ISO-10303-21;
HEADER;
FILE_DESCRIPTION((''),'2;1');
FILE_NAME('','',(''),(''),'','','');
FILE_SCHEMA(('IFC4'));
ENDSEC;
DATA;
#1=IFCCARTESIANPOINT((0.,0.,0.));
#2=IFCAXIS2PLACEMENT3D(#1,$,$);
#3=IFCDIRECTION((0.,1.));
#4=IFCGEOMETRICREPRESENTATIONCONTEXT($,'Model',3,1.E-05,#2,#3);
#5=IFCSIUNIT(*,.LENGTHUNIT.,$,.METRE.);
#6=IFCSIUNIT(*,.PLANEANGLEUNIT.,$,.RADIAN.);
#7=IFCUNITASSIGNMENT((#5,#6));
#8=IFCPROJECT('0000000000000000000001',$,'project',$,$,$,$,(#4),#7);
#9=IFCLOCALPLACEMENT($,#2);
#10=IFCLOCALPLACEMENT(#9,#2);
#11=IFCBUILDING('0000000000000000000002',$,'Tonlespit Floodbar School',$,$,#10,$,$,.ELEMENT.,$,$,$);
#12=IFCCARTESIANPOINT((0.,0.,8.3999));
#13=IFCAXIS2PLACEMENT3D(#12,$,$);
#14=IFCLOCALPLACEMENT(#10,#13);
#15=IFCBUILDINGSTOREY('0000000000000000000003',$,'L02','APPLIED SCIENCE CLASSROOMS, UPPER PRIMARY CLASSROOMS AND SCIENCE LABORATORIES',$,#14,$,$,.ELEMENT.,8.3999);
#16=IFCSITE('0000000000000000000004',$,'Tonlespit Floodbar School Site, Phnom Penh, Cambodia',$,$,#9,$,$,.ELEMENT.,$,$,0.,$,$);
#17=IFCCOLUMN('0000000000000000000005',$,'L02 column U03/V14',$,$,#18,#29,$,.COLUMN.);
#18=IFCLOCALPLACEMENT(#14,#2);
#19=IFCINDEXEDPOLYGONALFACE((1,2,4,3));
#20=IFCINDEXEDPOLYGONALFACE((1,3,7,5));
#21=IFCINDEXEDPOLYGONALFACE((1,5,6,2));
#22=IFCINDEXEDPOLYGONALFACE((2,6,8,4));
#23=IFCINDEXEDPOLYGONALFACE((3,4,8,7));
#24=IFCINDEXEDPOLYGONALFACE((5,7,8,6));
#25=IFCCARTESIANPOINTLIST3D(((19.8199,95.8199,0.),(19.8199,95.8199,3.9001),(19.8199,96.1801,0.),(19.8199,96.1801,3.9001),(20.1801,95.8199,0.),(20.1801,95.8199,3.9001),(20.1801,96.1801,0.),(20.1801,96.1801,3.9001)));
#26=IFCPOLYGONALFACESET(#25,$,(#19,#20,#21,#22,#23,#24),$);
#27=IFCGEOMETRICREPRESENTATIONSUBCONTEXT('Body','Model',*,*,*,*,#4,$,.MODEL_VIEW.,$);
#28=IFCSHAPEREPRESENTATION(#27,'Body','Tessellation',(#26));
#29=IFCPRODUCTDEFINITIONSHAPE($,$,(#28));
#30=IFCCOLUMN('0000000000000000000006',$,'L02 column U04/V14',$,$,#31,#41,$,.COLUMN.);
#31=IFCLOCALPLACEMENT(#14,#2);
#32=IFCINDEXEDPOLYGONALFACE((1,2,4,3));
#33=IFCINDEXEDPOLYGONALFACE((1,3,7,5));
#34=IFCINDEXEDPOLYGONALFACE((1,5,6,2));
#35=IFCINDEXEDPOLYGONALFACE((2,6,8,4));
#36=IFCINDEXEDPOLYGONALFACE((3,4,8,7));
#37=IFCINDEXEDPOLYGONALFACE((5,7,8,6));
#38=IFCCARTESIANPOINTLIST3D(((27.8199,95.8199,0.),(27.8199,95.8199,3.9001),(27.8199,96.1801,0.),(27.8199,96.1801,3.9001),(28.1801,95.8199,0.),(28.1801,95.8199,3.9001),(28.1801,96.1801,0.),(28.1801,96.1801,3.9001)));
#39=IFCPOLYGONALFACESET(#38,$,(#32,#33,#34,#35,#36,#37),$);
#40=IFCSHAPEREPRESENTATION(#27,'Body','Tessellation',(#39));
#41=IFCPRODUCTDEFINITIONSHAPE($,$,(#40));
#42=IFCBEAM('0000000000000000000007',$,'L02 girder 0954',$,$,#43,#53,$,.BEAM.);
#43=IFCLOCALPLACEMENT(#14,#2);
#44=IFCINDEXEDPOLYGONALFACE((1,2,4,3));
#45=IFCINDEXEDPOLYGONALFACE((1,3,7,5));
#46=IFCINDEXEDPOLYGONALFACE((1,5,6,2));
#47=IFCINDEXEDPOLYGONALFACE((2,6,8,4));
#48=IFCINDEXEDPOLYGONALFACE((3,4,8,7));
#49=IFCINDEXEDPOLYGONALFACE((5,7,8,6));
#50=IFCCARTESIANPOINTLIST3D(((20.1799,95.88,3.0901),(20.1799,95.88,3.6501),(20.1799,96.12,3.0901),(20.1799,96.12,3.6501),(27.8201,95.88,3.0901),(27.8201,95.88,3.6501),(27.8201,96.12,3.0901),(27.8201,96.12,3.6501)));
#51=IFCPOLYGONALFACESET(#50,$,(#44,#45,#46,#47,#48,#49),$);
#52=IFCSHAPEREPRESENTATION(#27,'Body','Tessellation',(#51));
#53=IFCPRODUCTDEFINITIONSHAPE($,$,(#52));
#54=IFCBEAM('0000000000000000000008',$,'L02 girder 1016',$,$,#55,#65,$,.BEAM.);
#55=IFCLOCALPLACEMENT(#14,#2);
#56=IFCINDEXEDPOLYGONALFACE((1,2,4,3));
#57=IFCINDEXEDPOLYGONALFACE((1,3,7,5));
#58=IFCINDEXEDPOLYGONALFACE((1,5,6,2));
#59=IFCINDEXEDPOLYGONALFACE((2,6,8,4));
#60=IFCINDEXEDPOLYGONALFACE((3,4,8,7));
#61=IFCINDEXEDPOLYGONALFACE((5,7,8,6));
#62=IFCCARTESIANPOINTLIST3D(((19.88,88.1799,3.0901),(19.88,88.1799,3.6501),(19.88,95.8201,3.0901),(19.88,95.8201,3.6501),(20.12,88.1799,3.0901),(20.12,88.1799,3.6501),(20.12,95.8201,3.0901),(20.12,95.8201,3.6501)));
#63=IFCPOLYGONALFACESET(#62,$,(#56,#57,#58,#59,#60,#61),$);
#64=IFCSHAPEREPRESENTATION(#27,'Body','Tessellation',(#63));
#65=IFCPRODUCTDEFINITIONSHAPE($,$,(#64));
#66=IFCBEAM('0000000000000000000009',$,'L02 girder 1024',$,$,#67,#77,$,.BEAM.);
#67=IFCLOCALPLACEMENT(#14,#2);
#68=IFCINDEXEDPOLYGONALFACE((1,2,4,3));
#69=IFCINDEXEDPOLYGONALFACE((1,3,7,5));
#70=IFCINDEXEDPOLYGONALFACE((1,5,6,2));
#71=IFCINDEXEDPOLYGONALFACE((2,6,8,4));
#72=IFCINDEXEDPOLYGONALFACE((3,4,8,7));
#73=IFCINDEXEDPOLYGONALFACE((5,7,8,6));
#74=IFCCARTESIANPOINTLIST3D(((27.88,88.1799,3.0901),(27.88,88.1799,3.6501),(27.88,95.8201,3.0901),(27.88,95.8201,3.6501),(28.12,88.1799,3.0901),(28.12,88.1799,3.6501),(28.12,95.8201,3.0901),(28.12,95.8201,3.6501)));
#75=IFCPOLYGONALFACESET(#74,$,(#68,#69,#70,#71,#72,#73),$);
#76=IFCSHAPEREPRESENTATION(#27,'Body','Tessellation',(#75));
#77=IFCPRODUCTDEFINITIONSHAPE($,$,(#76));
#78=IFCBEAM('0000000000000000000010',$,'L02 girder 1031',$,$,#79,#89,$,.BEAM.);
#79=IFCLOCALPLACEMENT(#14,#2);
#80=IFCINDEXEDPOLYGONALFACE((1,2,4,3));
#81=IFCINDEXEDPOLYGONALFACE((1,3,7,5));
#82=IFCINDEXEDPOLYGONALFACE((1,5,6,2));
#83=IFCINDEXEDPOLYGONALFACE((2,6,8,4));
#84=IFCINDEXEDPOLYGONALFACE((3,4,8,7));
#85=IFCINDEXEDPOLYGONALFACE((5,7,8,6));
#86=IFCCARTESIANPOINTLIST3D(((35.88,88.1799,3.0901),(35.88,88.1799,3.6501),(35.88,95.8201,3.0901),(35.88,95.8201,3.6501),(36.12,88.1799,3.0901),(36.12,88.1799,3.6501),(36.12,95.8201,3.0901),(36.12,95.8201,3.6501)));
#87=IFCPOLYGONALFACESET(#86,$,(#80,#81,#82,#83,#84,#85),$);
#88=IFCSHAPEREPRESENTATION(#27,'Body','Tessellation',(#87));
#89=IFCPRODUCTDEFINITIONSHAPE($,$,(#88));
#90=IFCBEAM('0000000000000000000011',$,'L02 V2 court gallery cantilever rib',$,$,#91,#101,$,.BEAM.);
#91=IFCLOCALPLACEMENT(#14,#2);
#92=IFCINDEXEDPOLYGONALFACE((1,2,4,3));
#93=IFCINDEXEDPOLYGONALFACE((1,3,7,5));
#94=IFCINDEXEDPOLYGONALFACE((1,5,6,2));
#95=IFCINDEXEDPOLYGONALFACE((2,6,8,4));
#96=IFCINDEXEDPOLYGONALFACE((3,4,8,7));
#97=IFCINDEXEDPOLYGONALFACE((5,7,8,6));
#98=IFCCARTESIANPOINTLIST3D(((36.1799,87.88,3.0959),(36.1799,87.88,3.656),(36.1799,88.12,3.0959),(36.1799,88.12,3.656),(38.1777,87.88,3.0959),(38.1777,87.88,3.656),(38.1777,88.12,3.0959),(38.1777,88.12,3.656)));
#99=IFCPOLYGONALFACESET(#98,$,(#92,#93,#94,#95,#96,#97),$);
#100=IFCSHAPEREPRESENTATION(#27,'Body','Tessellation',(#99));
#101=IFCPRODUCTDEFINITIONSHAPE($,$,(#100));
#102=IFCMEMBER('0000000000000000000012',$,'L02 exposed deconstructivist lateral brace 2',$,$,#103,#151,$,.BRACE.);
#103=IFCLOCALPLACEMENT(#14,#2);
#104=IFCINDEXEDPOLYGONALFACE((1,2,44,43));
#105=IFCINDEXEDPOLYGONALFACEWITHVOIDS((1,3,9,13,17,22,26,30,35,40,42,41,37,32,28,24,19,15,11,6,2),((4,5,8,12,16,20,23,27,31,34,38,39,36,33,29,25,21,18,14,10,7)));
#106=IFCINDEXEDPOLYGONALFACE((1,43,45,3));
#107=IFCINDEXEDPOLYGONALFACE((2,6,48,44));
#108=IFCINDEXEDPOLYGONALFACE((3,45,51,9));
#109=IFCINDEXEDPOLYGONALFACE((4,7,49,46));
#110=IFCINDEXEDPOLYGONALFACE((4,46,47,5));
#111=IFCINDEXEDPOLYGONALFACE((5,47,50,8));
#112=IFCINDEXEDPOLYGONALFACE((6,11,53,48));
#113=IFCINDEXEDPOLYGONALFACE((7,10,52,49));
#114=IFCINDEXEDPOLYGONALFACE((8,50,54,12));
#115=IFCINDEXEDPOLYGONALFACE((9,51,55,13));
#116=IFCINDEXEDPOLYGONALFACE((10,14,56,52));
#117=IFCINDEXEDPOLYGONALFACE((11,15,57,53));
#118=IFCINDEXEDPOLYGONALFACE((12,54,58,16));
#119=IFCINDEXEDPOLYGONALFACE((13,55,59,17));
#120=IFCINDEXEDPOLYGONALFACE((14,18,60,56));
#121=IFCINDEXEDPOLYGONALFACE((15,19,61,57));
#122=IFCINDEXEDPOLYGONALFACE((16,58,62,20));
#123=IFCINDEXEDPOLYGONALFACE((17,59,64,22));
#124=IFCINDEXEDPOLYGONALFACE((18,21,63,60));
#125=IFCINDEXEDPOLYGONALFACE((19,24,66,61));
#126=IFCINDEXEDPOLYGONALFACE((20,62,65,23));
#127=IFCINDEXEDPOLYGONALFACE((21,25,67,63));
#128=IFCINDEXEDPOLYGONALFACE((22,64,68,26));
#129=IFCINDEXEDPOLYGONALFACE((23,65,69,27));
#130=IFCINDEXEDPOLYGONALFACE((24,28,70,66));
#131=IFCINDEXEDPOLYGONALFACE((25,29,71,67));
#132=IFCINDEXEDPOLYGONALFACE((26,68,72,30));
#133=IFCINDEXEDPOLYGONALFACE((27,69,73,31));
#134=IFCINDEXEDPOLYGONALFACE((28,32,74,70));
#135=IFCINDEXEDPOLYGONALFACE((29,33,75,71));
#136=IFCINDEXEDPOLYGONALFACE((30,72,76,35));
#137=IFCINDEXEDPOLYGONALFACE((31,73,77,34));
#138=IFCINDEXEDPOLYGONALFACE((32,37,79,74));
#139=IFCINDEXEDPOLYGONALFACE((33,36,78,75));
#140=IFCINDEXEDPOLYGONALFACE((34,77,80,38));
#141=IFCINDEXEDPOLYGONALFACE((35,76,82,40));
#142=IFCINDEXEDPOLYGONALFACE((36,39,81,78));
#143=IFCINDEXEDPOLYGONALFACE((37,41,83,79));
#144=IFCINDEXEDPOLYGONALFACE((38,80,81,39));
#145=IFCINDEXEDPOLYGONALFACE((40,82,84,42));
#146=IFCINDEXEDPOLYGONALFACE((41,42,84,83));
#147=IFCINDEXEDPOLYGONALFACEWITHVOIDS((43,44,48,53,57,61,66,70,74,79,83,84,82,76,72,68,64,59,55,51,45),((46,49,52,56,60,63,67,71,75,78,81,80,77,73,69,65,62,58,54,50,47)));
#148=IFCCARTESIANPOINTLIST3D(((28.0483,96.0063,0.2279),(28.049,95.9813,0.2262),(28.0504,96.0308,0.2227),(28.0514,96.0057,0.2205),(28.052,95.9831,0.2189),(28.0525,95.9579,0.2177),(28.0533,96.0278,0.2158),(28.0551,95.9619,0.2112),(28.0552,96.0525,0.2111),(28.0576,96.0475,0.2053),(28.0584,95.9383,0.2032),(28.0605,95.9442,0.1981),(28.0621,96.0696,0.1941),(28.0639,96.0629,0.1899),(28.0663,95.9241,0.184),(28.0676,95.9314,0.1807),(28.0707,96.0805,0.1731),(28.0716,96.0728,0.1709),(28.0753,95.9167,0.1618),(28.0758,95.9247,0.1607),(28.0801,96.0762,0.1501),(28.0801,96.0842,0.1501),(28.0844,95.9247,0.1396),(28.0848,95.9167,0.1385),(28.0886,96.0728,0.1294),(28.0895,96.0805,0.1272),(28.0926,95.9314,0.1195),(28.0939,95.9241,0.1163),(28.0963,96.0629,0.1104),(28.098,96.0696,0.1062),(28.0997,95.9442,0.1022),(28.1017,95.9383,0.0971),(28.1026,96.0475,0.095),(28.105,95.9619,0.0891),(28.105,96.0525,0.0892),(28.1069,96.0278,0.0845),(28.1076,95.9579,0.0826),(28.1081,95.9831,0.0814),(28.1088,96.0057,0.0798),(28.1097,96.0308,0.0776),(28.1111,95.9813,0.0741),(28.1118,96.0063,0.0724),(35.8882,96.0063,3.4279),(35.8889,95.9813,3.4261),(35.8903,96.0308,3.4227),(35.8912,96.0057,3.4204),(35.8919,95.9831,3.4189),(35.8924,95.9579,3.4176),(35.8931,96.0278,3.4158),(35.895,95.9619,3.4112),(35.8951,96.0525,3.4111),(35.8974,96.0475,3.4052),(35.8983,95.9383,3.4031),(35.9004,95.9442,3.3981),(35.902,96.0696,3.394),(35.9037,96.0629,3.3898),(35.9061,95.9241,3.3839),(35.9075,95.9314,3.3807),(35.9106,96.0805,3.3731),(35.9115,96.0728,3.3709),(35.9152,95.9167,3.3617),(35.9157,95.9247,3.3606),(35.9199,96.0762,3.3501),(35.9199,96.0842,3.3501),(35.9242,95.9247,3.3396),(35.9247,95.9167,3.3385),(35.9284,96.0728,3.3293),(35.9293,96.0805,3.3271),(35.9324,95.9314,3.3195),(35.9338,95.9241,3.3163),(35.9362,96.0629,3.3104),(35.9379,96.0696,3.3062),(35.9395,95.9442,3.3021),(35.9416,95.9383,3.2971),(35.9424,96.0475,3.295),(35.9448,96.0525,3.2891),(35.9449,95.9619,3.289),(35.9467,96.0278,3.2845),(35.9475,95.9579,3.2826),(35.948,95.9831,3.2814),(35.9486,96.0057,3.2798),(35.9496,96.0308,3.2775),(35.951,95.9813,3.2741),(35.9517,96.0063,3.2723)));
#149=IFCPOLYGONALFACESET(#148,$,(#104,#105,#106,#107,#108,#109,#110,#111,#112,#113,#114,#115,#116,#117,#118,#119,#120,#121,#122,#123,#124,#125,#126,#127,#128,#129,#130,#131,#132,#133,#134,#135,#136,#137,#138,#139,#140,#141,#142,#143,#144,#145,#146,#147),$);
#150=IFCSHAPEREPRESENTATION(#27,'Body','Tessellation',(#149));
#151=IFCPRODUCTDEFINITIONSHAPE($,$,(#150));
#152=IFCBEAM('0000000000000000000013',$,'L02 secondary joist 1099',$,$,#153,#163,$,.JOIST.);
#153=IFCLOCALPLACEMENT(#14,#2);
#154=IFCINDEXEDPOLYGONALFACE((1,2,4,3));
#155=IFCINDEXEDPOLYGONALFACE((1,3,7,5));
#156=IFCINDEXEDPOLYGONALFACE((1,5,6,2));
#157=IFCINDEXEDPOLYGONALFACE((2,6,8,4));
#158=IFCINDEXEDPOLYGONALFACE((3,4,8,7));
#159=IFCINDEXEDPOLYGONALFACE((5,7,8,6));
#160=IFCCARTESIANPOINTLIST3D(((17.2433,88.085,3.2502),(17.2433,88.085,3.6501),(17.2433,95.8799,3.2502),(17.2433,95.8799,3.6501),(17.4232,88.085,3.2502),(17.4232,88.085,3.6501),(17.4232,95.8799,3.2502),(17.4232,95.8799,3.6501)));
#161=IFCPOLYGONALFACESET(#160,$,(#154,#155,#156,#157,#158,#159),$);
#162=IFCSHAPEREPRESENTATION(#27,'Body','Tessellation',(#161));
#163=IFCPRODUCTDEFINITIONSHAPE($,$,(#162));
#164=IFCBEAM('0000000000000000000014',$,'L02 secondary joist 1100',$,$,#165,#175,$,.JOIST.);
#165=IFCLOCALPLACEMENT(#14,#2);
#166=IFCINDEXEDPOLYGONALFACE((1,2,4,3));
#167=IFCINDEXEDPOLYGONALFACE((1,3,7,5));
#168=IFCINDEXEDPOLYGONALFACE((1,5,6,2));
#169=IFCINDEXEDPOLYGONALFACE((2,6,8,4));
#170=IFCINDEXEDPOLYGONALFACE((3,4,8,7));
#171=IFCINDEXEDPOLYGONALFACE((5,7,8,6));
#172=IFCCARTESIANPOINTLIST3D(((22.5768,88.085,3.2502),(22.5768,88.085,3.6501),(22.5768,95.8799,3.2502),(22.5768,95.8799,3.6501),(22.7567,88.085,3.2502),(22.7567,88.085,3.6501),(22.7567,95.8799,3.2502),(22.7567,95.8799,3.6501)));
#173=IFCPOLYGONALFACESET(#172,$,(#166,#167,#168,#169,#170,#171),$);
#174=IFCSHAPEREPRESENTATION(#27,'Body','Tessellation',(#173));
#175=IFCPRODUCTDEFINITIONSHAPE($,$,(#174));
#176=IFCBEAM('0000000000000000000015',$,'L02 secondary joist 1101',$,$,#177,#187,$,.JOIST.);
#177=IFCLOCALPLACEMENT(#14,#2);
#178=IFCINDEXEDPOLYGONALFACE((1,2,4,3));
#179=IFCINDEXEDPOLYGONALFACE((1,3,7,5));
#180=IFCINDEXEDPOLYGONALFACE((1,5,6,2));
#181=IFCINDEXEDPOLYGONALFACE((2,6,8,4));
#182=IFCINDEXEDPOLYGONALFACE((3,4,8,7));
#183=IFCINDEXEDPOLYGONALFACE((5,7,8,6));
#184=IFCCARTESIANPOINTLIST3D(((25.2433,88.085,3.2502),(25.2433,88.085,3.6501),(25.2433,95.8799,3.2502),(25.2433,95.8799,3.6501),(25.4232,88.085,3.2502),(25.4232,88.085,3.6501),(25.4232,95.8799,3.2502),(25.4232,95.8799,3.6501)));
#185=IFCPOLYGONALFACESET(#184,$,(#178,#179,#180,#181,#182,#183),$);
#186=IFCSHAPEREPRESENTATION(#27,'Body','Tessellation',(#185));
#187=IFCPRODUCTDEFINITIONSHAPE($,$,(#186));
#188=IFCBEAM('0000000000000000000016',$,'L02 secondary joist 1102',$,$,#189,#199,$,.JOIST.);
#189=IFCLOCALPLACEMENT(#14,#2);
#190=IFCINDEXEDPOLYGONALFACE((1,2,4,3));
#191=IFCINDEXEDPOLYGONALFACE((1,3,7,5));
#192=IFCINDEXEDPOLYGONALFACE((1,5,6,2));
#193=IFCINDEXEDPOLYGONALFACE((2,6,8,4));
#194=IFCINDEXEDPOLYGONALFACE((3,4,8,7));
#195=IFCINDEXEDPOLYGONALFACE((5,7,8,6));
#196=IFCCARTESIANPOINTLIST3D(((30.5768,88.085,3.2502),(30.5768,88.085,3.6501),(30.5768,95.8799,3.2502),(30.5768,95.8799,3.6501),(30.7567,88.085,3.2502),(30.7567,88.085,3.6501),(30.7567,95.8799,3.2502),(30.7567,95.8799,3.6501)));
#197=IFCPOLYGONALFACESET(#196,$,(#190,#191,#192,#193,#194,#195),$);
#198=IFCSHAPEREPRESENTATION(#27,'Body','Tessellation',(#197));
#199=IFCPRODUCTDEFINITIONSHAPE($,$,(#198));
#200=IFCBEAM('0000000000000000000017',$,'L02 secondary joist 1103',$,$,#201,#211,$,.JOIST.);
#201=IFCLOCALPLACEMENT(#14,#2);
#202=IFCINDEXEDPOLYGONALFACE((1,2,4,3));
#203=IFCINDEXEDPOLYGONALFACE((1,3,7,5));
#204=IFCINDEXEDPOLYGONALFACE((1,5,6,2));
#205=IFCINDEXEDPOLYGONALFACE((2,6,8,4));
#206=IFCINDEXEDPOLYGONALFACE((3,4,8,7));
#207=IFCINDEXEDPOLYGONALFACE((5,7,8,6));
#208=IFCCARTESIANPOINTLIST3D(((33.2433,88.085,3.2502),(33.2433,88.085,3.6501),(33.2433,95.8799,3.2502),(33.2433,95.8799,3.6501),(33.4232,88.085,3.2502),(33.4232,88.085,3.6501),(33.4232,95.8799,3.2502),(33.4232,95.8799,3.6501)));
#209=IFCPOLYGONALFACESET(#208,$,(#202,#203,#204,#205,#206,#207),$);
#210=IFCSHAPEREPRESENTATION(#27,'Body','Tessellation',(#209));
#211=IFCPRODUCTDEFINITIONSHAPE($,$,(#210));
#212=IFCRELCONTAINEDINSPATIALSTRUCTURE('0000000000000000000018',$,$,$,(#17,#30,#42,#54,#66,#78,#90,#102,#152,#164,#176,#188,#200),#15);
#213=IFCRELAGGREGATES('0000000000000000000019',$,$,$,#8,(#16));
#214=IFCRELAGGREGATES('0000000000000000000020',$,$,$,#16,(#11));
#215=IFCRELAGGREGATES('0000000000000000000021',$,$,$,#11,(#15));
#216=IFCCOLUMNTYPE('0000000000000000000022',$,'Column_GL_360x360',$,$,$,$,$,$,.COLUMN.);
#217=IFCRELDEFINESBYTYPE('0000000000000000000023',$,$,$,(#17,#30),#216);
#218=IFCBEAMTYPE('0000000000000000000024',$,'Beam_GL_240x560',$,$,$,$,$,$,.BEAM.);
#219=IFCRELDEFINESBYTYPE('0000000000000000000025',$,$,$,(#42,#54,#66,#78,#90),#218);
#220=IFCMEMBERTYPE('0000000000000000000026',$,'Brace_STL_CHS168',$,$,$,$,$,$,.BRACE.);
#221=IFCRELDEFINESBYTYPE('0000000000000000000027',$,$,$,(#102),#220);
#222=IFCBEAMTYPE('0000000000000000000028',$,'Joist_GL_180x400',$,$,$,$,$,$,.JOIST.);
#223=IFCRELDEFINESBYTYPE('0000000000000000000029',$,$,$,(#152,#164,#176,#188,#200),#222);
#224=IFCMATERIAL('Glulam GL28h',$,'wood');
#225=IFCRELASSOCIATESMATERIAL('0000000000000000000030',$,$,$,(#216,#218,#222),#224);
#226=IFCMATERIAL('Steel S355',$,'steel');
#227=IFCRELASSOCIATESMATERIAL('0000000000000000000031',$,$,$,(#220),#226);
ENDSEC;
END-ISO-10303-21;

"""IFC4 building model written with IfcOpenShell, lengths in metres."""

from ifc_helpers import new_model, si_unit, direction, frame, origin, origin_2d, place, context, subcontext, project, spatial, rectangle, hollow_circle, extrude, material, material_profile, profile_set, type_object, element, save


model = new_model("IFC4")

# Units and contexts
model_context = context("Model", 3, precision=1e-05, world=origin(), true_north=direction((0.0, 1.0)))
body_context = subcontext(model_context, "Body", "Model", "MODEL_VIEW")
ifc_project = project(units=[si_unit("LENGTHUNIT", "METRE"), si_unit("PLANEANGLEUNIT", "RADIAN")], contexts=[model_context])

# Site, building, storey
site_placement = place(None, origin())
site = spatial("IfcSite", under=ifc_project, at=site_placement, Name="Tonlespit Floodbar School Site, Phnom Penh, Cambodia", CompositionType="ELEMENT", RefElevation=0.0)
building_placement = place(site_placement, origin())
building = spatial("IfcBuilding", under=site, at=building_placement, Name="Tonlespit Floodbar School", CompositionType="ELEMENT")
storey_placement = place(building_placement, frame((0.0, 0.0, 8.3999)))
storey = spatial("IfcBuildingStorey", under=building, at=storey_placement, Name="L02", Description="APPLIED SCIENCE CLASSROOMS, UPPER PRIMARY CLASSROOMS AND SCIENCE LABORATORIES", CompositionType="ELEMENT", Elevation=8.3999)

# Columns
ifc_material_1 = material(Name="Glulam GL28h", Category="wood")
ifc_material_profile_1 = material_profile(ifc_material_1, rectangle(XDim=0.3601, YDim=0.3601, at=origin_2d()), Name="GL 360x360")
ifc_profile_set_1 = profile_set([ifc_material_profile_1], Name="Glulam GL28h")
column_type = type_object("IfcColumnType", Name="Column_GL_360x360", PredefinedType="COLUMN", material=ifc_profile_set_1)
for number, where, z_axis, x_axis, name in (
    (1, (20.0, 96.0, 0.0), (0.0, 0.0, 1.0), (1.0, 0.0, 0.0), "L02 column U03/V14"),
    (2, (28.0, 96.0, 0.0), (0.0, 0.0, 1.0), (1.0, 0.0, 0.0), "L02 column U04/V14"),
):
    element("IfcColumn", number, at=place(storey_placement, frame(where, z_axis=z_axis, x_axis=x_axis)), inside=storey, type_object=column_type, Name=name, PredefinedType="COLUMN", context=body_context, shape_type="SweptSolid", body=[
        extrude(rectangle(XDim=0.3601, YDim=0.3601, at=origin_2d()), origin(), (0.0, 0.0, 1.0), 3.9001),
    ])

# Beams
ifc_material_profile_2 = material_profile(ifc_material_1, rectangle(XDim=0.24, YDim=0.5601, at=origin_2d()), Name="GL 240x560")
ifc_profile_set_2 = profile_set([ifc_material_profile_2], Name="Glulam GL28h")
beam_type_1 = type_object("IfcBeamType", Name="Beam_GL_240x560", PredefinedType="BEAM", material=ifc_profile_set_2)
for number, where, z_axis, x_axis, name in (
    (3, (20.1799, 96.0, 3.3701), (1.0, 0.0, 0.0), (0.0, 1.0, 0.0), "L02 girder 0954"),
    (4, (20.0, 88.1799, 3.3701), (0.0, 1.0, 0.0), (-1.0, 0.0, 0.0), "L02 girder 1016"),
    (5, (28.0, 88.1799, 3.3701), (0.0, 1.0, 0.0), (-1.0, 0.0, 0.0), "L02 girder 1024"),
    (6, (36.0, 88.1799, 3.3701), (0.0, 1.0, 0.0), (-1.0, 0.0, 0.0), "L02 girder 1031"),
):
    element("IfcBeam", number, at=place(storey_placement, frame(where, z_axis=z_axis, x_axis=x_axis)), inside=storey, type_object=beam_type_1, Name=name, PredefinedType="BEAM", context=body_context, shape_type="SweptSolid", body=[
        extrude(rectangle(XDim=0.24, YDim=0.5601, at=origin_2d()), origin(), (0.0, 0.0, 1.0), 7.6401),
    ])
beam_placement = place(storey_placement, frame((36.1799, 88.0, 3.376), z_axis=(1.0, 0.0, 0.0), x_axis=(0.0, 1.0, 0.0)))
element("IfcBeam", 7, at=beam_placement, inside=storey, type_object=beam_type_1, Name="L02 V2 court gallery cantilever rib", PredefinedType="BEAM", context=body_context, shape_type="SweptSolid", body=[
    extrude(rectangle(XDim=0.24, YDim=0.5601, at=origin_2d()), origin(), (0.0, 0.0, 1.0), 1.9978),
])

# Member
ifc_material_2 = material(Name="Steel S355", Category="steel")
ifc_material_profile_3 = material_profile(ifc_material_2, hollow_circle(Radius=0.0842, WallThickness=0.0081, at=origin_2d()), Name="CHS 168.3x8")
ifc_profile_set_3 = profile_set([ifc_material_profile_3], Name="Steel S355")
member_type = type_object("IfcMemberType", Name="Brace_STL_CHS168", PredefinedType="BRACE", material=ifc_profile_set_3)
member_placement = place(storey_placement, frame((28.0801, 96.0, 0.1501), z_axis=(0.925847, 0.0, 0.377899), x_axis=(0.0, 1.0, 0.0)))
element("IfcMember", 8, at=member_placement, inside=storey, type_object=member_type, Name="L02 exposed deconstructivist lateral brace 2", PredefinedType="BRACE", context=body_context, shape_type="SweptSolid", body=[
    extrude(hollow_circle(Radius=0.0842, WallThickness=0.0081, at=origin_2d()), origin(), (0.0, 0.0, 1.0), 8.4678),
])

# Beams
ifc_material_profile_4 = material_profile(ifc_material_1, rectangle(XDim=0.1799, YDim=0.3999, at=origin_2d()), Name="GL 180x400")
ifc_profile_set_4 = profile_set([ifc_material_profile_4], Name="Glulam GL28h")
beam_type_2 = type_object("IfcBeamType", Name="Joist_GL_180x400", PredefinedType="JOIST", material=ifc_profile_set_4)
for number, where, z_axis, x_axis, name in (
    (9, (17.3333, 88.085, 3.4502), (0.0, 1.0, 0.0), (-1.0, 0.0, 0.0), "L02 secondary joist 1099"),
    (10, (22.6667, 88.085, 3.4502), (0.0, 1.0, 0.0), (-1.0, 0.0, 0.0), "L02 secondary joist 1100"),
    (11, (25.3333, 88.085, 3.4502), (0.0, 1.0, 0.0), (-1.0, 0.0, 0.0), "L02 secondary joist 1101"),
    (12, (30.6667, 88.085, 3.4502), (0.0, 1.0, 0.0), (-1.0, 0.0, 0.0), "L02 secondary joist 1102"),
    (13, (33.3333, 88.085, 3.4502), (0.0, 1.0, 0.0), (-1.0, 0.0, 0.0), "L02 secondary joist 1103"),
):
    element("IfcBeam", number, at=place(storey_placement, frame(where, z_axis=z_axis, x_axis=x_axis)), inside=storey, type_object=beam_type_2, Name=name, PredefinedType="JOIST", context=body_context, shape_type="SweptSolid", body=[
        extrude(rectangle(XDim=0.1799, YDim=0.3999, at=origin_2d()), origin(), (0.0, 0.0, 1.0), 7.7949),
    ])

save(model, "model.ifc")
